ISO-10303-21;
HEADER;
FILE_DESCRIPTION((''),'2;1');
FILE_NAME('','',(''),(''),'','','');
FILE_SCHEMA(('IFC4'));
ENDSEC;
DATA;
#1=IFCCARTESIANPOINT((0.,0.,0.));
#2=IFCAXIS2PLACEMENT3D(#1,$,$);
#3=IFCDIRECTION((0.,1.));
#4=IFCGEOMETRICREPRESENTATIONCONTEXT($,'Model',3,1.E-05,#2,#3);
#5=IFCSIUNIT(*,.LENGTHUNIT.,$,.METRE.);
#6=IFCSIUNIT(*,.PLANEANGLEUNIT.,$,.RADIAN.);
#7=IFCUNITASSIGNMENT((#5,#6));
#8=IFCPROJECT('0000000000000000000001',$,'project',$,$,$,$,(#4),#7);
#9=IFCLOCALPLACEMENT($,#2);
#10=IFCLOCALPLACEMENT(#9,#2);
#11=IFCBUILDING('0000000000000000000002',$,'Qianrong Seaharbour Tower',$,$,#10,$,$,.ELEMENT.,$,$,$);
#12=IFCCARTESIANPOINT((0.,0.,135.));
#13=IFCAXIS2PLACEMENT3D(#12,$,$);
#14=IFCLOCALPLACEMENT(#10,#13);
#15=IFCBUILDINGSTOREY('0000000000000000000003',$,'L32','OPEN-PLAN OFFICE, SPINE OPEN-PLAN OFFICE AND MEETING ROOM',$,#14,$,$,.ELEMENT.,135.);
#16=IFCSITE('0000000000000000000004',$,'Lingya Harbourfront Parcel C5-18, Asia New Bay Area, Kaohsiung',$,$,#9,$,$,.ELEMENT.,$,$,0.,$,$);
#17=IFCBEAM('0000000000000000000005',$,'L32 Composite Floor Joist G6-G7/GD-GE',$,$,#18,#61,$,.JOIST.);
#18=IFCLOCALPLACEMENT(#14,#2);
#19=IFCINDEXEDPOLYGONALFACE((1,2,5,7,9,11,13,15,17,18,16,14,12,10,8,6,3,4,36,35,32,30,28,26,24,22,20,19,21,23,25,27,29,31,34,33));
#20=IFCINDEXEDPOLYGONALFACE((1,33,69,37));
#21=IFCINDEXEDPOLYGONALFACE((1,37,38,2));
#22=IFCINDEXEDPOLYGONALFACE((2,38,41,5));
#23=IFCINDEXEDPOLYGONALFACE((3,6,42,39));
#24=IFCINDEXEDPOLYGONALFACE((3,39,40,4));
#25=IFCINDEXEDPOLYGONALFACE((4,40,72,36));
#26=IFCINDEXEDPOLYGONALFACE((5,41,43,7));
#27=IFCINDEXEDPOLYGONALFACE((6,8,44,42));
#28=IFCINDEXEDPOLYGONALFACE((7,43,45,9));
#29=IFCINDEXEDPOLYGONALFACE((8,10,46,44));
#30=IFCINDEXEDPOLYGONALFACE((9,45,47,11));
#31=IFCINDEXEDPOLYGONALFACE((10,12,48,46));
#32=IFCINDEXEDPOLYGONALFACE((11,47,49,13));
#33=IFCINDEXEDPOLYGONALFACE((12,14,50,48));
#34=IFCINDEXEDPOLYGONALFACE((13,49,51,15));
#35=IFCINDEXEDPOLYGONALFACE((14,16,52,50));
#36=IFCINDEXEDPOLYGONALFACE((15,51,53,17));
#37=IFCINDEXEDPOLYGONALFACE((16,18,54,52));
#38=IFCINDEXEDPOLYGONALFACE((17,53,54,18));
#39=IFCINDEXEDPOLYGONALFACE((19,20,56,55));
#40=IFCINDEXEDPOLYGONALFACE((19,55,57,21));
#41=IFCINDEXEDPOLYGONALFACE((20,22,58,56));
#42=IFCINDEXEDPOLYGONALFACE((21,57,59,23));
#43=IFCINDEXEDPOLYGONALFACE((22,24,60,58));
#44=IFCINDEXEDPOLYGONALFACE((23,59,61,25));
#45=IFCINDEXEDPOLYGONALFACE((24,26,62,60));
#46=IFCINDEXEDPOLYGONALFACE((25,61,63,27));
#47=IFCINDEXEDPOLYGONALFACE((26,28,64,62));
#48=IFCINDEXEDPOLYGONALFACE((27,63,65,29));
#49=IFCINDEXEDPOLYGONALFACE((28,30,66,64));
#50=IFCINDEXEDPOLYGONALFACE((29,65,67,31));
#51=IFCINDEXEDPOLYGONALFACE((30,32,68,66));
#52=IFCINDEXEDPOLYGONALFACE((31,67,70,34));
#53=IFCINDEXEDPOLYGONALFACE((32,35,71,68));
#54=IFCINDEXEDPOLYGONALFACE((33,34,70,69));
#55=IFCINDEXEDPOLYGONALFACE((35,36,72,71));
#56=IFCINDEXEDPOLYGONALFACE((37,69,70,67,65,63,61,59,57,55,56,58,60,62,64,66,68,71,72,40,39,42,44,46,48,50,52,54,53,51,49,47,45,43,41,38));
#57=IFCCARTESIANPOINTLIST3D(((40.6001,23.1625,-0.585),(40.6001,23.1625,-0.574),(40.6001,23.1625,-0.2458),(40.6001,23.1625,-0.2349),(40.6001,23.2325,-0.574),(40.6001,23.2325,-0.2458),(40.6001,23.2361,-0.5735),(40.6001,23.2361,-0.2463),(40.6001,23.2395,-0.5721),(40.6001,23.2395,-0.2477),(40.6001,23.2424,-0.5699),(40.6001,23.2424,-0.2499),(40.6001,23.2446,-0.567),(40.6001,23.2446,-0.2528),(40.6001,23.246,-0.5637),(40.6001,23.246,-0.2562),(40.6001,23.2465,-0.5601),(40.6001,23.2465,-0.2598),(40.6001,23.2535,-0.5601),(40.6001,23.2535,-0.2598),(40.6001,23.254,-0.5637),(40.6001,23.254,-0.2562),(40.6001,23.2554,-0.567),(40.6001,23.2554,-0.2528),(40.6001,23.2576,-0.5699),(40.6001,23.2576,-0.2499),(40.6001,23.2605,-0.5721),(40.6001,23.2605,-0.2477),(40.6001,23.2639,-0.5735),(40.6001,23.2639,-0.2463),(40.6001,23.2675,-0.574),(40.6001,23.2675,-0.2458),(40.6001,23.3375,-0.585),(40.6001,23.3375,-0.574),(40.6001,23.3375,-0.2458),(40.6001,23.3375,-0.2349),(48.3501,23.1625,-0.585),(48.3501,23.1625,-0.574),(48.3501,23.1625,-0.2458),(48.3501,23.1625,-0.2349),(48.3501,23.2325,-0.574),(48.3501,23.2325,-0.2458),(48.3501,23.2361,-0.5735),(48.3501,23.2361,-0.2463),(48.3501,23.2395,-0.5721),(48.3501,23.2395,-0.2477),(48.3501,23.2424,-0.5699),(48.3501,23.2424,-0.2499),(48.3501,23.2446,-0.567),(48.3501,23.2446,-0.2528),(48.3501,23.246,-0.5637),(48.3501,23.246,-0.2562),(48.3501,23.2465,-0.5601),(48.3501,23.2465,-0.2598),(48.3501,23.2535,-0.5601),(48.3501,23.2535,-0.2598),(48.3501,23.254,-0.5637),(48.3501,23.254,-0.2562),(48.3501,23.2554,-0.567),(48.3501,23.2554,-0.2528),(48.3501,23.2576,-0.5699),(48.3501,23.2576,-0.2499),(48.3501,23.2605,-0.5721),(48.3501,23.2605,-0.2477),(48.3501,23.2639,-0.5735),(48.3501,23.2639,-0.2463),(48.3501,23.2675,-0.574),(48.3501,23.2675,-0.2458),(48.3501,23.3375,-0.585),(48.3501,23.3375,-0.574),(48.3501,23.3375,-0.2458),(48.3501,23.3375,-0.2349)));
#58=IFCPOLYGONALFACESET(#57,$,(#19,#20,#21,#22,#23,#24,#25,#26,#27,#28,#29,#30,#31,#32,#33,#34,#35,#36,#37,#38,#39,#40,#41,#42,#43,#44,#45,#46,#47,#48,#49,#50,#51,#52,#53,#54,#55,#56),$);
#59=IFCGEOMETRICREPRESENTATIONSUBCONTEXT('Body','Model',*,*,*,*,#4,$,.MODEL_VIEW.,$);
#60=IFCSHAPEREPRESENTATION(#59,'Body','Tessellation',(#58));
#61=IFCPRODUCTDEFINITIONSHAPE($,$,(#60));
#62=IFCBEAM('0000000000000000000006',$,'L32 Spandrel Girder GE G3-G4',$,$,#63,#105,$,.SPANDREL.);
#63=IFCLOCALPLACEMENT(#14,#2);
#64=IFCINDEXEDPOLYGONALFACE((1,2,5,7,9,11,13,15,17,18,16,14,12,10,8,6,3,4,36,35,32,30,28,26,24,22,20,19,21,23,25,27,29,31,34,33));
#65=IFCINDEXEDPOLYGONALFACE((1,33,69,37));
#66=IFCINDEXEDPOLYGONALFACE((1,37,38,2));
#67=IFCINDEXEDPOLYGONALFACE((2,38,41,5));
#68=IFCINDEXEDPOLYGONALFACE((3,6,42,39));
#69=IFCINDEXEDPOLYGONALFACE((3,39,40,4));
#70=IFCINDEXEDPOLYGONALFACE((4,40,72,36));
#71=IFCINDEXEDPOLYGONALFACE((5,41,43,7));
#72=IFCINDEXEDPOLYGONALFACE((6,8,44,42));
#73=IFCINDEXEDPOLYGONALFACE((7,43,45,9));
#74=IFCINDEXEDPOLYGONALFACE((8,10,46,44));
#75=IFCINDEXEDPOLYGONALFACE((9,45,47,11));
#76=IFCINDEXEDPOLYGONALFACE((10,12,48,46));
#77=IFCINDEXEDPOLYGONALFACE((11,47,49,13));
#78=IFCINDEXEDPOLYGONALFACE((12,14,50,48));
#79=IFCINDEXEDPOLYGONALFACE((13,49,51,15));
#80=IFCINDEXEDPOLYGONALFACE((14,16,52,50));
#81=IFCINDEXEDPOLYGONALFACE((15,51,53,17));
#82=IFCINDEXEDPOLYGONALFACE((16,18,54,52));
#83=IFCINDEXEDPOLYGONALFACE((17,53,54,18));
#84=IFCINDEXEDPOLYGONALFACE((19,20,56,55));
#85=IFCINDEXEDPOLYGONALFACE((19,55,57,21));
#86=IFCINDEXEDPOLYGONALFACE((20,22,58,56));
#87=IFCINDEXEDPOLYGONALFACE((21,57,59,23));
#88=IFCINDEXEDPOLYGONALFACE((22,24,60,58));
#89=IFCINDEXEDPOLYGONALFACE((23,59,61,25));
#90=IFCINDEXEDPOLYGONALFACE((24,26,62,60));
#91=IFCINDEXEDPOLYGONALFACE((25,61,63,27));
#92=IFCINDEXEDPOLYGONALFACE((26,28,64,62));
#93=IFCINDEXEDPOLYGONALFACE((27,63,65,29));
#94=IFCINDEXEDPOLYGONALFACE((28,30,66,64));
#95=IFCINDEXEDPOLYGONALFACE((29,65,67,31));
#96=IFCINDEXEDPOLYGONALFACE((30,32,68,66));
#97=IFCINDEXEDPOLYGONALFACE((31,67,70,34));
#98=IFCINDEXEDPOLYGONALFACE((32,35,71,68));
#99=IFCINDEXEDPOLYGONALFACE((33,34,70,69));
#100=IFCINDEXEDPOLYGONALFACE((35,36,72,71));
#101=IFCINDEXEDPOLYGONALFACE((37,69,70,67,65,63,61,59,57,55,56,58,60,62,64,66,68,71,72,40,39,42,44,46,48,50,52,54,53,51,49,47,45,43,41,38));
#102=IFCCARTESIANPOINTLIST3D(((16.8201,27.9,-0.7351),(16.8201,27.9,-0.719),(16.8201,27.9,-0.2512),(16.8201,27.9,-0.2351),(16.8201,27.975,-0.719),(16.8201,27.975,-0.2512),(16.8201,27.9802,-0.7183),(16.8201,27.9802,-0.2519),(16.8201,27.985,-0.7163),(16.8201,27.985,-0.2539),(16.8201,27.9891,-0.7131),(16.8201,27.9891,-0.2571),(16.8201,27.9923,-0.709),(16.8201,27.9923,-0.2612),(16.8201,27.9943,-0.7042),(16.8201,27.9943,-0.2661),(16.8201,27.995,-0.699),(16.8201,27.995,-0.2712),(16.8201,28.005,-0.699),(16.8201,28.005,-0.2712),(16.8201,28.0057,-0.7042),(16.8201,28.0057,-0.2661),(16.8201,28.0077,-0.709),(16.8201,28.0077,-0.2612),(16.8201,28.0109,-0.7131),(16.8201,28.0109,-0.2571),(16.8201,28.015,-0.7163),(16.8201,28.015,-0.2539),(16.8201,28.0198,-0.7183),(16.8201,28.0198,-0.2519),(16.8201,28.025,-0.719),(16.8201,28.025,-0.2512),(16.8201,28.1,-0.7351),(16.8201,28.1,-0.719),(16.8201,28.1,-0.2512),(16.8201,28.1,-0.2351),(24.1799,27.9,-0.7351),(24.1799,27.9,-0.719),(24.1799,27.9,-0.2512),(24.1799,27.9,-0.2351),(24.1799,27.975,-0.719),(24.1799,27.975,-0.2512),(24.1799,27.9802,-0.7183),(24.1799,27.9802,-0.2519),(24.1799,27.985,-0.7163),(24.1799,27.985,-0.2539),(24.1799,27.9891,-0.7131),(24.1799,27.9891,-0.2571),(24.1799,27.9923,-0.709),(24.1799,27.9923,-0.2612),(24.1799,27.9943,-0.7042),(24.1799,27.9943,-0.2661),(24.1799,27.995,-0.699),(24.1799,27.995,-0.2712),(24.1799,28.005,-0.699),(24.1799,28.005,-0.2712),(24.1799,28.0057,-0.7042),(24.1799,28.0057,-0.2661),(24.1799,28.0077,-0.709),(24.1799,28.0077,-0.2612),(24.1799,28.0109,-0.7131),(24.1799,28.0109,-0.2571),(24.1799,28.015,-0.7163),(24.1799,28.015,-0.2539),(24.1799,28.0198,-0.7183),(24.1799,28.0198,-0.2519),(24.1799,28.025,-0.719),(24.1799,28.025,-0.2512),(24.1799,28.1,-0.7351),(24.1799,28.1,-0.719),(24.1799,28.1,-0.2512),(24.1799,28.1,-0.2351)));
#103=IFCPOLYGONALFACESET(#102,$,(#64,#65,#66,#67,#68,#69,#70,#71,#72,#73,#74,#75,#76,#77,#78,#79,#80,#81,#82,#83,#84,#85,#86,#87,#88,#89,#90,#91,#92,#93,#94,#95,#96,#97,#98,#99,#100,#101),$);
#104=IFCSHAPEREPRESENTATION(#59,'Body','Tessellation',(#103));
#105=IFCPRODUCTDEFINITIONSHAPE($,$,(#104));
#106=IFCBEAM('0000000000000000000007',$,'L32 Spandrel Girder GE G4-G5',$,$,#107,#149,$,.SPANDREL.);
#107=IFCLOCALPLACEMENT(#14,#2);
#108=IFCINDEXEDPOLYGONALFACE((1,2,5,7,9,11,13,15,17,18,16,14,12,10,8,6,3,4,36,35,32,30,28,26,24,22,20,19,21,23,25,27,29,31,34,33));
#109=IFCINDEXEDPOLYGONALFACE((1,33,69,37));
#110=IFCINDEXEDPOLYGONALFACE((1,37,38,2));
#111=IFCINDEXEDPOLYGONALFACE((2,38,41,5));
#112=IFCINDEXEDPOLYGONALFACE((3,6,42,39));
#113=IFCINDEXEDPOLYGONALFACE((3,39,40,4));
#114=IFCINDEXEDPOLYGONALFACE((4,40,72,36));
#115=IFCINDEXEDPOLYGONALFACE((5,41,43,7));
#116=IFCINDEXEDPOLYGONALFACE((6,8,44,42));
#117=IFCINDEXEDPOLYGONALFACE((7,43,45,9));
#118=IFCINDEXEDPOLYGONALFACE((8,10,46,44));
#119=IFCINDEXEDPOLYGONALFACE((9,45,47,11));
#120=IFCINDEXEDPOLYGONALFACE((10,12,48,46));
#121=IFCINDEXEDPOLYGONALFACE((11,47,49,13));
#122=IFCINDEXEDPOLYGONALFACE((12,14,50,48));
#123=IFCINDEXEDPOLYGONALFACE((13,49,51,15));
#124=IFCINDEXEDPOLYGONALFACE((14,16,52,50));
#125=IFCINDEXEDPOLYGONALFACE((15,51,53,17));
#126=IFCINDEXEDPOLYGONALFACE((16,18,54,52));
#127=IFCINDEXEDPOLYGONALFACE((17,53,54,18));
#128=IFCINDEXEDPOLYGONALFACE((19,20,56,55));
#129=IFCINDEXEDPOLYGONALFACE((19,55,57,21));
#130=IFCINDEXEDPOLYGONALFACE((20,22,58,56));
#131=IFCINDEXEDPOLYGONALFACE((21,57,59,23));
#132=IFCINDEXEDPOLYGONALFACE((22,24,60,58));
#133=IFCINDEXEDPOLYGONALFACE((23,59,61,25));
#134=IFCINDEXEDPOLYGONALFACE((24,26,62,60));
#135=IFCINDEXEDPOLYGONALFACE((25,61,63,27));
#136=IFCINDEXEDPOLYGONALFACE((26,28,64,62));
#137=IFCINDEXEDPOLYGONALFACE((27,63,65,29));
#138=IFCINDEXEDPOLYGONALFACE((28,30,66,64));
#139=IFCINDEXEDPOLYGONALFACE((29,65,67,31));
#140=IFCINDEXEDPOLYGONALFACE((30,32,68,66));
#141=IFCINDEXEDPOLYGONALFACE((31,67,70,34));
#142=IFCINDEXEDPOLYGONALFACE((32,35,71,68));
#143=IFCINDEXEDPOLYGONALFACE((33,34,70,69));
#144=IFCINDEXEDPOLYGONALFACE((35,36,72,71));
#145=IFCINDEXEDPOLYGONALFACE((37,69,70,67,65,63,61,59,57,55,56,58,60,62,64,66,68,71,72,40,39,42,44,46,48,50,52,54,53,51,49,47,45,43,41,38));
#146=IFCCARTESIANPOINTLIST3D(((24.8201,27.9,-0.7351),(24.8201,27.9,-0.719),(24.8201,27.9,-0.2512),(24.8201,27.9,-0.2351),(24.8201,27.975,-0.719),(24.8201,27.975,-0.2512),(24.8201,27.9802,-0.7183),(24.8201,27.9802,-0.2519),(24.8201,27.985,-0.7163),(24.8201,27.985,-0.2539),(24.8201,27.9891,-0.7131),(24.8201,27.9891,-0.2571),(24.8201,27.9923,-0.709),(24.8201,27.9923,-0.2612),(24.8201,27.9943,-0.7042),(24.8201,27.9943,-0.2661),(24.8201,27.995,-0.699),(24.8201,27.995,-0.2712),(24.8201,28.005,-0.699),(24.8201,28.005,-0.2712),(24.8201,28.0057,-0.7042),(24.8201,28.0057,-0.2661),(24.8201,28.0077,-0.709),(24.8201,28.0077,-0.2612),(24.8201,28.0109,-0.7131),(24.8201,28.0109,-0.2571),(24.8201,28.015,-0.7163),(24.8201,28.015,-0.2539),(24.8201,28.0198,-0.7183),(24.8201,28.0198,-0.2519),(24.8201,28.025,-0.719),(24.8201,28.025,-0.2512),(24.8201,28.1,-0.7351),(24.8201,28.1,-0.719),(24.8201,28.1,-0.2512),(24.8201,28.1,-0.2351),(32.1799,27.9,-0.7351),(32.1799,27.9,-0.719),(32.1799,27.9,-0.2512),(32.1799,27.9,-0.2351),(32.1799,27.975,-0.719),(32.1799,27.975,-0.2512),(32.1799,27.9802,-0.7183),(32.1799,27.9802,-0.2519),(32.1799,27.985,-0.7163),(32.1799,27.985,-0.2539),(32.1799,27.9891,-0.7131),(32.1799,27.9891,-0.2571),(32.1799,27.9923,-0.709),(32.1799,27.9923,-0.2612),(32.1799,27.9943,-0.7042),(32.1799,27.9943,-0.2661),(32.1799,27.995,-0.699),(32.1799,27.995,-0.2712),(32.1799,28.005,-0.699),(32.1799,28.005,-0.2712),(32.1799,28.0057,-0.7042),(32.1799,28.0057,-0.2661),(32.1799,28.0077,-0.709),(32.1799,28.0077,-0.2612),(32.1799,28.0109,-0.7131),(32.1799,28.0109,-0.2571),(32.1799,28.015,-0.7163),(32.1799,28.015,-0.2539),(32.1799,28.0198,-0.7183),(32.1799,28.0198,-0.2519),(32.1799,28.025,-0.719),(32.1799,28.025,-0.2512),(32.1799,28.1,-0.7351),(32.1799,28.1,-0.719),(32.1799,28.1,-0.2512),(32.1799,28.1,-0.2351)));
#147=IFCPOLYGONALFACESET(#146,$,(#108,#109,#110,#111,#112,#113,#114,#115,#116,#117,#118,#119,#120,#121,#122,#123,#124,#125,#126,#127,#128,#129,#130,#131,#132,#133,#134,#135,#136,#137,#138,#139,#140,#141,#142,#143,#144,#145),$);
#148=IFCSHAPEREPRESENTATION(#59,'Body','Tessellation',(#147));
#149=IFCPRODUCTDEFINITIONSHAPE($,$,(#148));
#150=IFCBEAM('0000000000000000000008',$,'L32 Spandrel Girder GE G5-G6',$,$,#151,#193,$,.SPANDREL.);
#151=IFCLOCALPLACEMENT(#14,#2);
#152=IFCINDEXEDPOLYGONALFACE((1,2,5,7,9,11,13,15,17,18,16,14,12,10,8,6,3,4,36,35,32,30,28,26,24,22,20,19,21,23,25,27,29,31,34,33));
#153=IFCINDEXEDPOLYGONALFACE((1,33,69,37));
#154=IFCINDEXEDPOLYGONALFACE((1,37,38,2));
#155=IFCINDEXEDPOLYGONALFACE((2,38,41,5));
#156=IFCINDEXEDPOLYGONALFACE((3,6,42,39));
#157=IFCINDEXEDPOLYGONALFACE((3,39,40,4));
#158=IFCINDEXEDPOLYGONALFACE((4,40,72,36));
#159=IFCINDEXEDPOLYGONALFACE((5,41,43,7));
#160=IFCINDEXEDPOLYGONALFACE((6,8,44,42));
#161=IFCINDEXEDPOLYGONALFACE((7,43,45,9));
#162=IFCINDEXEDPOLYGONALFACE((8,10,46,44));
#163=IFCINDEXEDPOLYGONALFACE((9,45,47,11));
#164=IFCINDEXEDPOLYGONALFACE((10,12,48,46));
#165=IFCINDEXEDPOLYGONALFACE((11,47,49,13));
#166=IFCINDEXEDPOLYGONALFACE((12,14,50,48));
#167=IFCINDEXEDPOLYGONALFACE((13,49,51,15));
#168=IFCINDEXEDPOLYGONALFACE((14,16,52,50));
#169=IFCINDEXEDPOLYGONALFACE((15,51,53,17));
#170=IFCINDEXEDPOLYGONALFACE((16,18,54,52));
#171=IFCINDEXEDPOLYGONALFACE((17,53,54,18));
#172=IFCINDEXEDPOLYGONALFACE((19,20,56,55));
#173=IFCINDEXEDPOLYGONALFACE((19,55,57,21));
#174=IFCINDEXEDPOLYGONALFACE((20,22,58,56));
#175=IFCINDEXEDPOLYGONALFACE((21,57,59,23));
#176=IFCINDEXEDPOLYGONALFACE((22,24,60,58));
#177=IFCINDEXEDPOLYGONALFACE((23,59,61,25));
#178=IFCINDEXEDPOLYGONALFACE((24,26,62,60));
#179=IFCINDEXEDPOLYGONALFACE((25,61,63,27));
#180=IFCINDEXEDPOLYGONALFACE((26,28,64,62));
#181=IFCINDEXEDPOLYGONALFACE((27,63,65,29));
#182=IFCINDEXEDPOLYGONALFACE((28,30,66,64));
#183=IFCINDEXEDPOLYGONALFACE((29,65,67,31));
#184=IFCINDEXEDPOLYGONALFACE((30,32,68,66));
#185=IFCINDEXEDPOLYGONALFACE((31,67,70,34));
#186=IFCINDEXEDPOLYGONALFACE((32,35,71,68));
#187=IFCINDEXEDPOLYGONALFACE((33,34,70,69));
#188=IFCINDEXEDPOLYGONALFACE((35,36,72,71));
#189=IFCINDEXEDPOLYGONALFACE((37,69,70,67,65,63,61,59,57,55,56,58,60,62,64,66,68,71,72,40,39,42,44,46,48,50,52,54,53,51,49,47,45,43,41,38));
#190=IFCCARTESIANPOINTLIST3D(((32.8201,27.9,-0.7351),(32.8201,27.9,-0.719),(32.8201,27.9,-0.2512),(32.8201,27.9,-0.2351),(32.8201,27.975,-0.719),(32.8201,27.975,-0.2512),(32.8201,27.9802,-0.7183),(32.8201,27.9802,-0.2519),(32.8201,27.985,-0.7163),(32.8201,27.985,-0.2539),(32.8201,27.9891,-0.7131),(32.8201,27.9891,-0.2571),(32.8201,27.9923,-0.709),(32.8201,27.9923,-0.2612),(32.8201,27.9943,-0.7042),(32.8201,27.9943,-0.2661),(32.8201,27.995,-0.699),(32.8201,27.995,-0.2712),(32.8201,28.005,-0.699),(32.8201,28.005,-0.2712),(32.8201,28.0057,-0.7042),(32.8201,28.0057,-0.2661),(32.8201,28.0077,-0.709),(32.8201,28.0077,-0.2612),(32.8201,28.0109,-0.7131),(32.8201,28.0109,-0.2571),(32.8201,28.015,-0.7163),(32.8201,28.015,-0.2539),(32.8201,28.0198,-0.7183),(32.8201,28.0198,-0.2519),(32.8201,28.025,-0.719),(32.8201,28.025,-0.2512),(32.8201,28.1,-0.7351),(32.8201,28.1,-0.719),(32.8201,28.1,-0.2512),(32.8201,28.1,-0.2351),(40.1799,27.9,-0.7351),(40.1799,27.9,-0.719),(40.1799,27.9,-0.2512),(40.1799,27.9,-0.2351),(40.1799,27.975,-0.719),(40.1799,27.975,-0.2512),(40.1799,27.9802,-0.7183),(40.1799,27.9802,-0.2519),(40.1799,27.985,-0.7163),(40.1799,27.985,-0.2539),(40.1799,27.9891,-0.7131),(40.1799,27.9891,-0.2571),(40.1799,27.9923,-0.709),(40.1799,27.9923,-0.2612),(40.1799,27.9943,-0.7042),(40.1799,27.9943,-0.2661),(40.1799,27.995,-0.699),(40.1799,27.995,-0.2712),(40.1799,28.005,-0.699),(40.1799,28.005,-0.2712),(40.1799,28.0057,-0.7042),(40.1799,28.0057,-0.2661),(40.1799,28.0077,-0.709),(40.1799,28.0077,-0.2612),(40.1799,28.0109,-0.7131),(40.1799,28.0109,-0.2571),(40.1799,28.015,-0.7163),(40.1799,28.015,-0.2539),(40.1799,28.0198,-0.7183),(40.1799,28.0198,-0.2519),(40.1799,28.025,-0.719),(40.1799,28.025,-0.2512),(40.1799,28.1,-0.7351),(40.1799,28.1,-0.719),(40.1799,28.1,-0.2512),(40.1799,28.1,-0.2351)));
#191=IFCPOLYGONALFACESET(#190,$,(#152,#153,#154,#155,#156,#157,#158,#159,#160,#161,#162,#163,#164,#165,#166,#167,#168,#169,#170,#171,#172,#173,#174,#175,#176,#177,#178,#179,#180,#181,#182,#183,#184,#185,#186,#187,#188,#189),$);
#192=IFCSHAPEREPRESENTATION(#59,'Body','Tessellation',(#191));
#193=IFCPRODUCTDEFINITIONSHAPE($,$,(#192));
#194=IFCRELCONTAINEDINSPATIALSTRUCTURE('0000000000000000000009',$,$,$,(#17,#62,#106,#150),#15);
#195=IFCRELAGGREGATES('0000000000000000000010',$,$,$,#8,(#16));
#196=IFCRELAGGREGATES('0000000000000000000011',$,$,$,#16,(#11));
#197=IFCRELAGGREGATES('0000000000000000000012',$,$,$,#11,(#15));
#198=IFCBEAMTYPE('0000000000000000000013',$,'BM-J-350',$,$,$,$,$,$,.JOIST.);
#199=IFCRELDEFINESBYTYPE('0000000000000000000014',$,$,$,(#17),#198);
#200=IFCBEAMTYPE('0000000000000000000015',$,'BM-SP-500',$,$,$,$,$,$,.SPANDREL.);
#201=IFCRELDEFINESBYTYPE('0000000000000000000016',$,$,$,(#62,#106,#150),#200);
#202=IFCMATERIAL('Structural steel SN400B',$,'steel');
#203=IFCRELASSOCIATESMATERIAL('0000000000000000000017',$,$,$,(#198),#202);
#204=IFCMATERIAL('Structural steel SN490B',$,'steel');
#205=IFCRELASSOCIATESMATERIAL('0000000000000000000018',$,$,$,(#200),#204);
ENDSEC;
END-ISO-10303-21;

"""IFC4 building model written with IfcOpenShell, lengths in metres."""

from ifc_helpers import new_model, si_unit, direction, frame, origin, origin_2d, place, context, subcontext, project, spatial, i_section, extrude, material, material_profile, profile_set, type_object, element, save


model = new_model("IFC4")

# Units and contexts
model_context = context("Model", 3, precision=1e-05, world=origin(), true_north=direction((0.0, 1.0)))
body_context = subcontext(model_context, "Body", "Model", "MODEL_VIEW")
ifc_project = project(units=[si_unit("LENGTHUNIT", "METRE"), si_unit("PLANEANGLEUNIT", "RADIAN")], contexts=[model_context])

# Site, building, storey
site_placement = place(None, origin())
site = spatial("IfcSite", under=ifc_project, at=site_placement, Name="Lingya Harbourfront Parcel C5-18, Asia New Bay Area, Kaohsiung", CompositionType="ELEMENT", RefElevation=0.0)
building_placement = place(site_placement, origin())
building = spatial("IfcBuilding", under=site, at=building_placement, Name="Qianrong Seaharbour Tower", CompositionType="ELEMENT")
storey_placement = place(building_placement, frame((0.0, 0.0, 135.0)))
storey = spatial("IfcBuildingStorey", under=building, at=storey_placement, Name="L32", Description="OPEN-PLAN OFFICE, SPINE OPEN-PLAN OFFICE AND MEETING ROOM", CompositionType="ELEMENT", Elevation=135.0)

# Shared definitions
ifc_material_1 = material(Name="Structural steel SN490B", Category="steel")

# Beams
ifc_material_2 = material(Name="Structural steel SN400B", Category="steel")
ifc_material_profile_1 = material_profile(ifc_material_2, i_section(OverallWidth=0.175, OverallDepth=0.3501, WebThickness=0.0071, FlangeThickness=0.011, FilletRadius=0.0139, at=origin_2d()), Name="H350x175x7x11")
ifc_profile_set_1 = profile_set([ifc_material_profile_1], Name="Structural steel SN400B")
beam_type_1 = type_object("IfcBeamType", Name="BM-J-350", PredefinedType="JOIST", material=ifc_profile_set_1)
beam_1_placement = place(storey_placement, frame((40.6001, 23.25, -0.4099), z_axis=(1.0, 0.0, 0.0), x_axis=(0.0, 1.0, 0.0)))
element("IfcBeam", 1, at=beam_1_placement, inside=storey, type_object=beam_type_1, Name="L32 Composite Floor Joist G6-G7/GD-GE", PredefinedType="JOIST", context=body_context, shape_type="SweptSolid", body=[
    extrude(i_section(OverallWidth=0.175, OverallDepth=0.3501, WebThickness=0.0071, FlangeThickness=0.011, FilletRadius=0.0139, at=origin_2d()), origin(), (0.0, 0.0, 1.0), 7.75),
])
ifc_material_profile_2 = material_profile(ifc_material_1, i_section(OverallWidth=0.2, OverallDepth=0.5, WebThickness=0.01, FlangeThickness=0.0161, FilletRadius=0.02, at=origin_2d()), Name="H500x200x10x16")
ifc_profile_set_2 = profile_set([ifc_material_profile_2], Name="Structural steel SN490B")
beam_type_2 = type_object("IfcBeamType", Name="BM-SP-500", PredefinedType="SPANDREL", material=ifc_profile_set_2)
for number, where, z_axis, x_axis, name in (
    (2, (16.8201, 28.0, -0.4851), (1.0, 0.0, 0.0), (0.0, 1.0, 0.0), "L32 Spandrel Girder GE G3-G4"),
    (3, (24.8201, 28.0, -0.4851), (1.0, 0.0, 0.0), (0.0, 1.0, 0.0), "L32 Spandrel Girder GE G4-G5"),
    (4, (32.8201, 28.0, -0.4851), (1.0, 0.0, 0.0), (0.0, 1.0, 0.0), "L32 Spandrel Girder GE G5-G6"),
):
    element("IfcBeam", number, at=place(storey_placement, frame(where, z_axis=z_axis, x_axis=x_axis)), inside=storey, type_object=beam_type_2, Name=name, PredefinedType="SPANDREL", context=body_context, shape_type="SweptSolid", body=[
        extrude(i_section(OverallWidth=0.2, OverallDepth=0.5, WebThickness=0.01, FlangeThickness=0.0161, FilletRadius=0.02, at=origin_2d()), origin(), (0.0, 0.0, 1.0), 7.3599),
    ])

save(model, "model.ifc")
